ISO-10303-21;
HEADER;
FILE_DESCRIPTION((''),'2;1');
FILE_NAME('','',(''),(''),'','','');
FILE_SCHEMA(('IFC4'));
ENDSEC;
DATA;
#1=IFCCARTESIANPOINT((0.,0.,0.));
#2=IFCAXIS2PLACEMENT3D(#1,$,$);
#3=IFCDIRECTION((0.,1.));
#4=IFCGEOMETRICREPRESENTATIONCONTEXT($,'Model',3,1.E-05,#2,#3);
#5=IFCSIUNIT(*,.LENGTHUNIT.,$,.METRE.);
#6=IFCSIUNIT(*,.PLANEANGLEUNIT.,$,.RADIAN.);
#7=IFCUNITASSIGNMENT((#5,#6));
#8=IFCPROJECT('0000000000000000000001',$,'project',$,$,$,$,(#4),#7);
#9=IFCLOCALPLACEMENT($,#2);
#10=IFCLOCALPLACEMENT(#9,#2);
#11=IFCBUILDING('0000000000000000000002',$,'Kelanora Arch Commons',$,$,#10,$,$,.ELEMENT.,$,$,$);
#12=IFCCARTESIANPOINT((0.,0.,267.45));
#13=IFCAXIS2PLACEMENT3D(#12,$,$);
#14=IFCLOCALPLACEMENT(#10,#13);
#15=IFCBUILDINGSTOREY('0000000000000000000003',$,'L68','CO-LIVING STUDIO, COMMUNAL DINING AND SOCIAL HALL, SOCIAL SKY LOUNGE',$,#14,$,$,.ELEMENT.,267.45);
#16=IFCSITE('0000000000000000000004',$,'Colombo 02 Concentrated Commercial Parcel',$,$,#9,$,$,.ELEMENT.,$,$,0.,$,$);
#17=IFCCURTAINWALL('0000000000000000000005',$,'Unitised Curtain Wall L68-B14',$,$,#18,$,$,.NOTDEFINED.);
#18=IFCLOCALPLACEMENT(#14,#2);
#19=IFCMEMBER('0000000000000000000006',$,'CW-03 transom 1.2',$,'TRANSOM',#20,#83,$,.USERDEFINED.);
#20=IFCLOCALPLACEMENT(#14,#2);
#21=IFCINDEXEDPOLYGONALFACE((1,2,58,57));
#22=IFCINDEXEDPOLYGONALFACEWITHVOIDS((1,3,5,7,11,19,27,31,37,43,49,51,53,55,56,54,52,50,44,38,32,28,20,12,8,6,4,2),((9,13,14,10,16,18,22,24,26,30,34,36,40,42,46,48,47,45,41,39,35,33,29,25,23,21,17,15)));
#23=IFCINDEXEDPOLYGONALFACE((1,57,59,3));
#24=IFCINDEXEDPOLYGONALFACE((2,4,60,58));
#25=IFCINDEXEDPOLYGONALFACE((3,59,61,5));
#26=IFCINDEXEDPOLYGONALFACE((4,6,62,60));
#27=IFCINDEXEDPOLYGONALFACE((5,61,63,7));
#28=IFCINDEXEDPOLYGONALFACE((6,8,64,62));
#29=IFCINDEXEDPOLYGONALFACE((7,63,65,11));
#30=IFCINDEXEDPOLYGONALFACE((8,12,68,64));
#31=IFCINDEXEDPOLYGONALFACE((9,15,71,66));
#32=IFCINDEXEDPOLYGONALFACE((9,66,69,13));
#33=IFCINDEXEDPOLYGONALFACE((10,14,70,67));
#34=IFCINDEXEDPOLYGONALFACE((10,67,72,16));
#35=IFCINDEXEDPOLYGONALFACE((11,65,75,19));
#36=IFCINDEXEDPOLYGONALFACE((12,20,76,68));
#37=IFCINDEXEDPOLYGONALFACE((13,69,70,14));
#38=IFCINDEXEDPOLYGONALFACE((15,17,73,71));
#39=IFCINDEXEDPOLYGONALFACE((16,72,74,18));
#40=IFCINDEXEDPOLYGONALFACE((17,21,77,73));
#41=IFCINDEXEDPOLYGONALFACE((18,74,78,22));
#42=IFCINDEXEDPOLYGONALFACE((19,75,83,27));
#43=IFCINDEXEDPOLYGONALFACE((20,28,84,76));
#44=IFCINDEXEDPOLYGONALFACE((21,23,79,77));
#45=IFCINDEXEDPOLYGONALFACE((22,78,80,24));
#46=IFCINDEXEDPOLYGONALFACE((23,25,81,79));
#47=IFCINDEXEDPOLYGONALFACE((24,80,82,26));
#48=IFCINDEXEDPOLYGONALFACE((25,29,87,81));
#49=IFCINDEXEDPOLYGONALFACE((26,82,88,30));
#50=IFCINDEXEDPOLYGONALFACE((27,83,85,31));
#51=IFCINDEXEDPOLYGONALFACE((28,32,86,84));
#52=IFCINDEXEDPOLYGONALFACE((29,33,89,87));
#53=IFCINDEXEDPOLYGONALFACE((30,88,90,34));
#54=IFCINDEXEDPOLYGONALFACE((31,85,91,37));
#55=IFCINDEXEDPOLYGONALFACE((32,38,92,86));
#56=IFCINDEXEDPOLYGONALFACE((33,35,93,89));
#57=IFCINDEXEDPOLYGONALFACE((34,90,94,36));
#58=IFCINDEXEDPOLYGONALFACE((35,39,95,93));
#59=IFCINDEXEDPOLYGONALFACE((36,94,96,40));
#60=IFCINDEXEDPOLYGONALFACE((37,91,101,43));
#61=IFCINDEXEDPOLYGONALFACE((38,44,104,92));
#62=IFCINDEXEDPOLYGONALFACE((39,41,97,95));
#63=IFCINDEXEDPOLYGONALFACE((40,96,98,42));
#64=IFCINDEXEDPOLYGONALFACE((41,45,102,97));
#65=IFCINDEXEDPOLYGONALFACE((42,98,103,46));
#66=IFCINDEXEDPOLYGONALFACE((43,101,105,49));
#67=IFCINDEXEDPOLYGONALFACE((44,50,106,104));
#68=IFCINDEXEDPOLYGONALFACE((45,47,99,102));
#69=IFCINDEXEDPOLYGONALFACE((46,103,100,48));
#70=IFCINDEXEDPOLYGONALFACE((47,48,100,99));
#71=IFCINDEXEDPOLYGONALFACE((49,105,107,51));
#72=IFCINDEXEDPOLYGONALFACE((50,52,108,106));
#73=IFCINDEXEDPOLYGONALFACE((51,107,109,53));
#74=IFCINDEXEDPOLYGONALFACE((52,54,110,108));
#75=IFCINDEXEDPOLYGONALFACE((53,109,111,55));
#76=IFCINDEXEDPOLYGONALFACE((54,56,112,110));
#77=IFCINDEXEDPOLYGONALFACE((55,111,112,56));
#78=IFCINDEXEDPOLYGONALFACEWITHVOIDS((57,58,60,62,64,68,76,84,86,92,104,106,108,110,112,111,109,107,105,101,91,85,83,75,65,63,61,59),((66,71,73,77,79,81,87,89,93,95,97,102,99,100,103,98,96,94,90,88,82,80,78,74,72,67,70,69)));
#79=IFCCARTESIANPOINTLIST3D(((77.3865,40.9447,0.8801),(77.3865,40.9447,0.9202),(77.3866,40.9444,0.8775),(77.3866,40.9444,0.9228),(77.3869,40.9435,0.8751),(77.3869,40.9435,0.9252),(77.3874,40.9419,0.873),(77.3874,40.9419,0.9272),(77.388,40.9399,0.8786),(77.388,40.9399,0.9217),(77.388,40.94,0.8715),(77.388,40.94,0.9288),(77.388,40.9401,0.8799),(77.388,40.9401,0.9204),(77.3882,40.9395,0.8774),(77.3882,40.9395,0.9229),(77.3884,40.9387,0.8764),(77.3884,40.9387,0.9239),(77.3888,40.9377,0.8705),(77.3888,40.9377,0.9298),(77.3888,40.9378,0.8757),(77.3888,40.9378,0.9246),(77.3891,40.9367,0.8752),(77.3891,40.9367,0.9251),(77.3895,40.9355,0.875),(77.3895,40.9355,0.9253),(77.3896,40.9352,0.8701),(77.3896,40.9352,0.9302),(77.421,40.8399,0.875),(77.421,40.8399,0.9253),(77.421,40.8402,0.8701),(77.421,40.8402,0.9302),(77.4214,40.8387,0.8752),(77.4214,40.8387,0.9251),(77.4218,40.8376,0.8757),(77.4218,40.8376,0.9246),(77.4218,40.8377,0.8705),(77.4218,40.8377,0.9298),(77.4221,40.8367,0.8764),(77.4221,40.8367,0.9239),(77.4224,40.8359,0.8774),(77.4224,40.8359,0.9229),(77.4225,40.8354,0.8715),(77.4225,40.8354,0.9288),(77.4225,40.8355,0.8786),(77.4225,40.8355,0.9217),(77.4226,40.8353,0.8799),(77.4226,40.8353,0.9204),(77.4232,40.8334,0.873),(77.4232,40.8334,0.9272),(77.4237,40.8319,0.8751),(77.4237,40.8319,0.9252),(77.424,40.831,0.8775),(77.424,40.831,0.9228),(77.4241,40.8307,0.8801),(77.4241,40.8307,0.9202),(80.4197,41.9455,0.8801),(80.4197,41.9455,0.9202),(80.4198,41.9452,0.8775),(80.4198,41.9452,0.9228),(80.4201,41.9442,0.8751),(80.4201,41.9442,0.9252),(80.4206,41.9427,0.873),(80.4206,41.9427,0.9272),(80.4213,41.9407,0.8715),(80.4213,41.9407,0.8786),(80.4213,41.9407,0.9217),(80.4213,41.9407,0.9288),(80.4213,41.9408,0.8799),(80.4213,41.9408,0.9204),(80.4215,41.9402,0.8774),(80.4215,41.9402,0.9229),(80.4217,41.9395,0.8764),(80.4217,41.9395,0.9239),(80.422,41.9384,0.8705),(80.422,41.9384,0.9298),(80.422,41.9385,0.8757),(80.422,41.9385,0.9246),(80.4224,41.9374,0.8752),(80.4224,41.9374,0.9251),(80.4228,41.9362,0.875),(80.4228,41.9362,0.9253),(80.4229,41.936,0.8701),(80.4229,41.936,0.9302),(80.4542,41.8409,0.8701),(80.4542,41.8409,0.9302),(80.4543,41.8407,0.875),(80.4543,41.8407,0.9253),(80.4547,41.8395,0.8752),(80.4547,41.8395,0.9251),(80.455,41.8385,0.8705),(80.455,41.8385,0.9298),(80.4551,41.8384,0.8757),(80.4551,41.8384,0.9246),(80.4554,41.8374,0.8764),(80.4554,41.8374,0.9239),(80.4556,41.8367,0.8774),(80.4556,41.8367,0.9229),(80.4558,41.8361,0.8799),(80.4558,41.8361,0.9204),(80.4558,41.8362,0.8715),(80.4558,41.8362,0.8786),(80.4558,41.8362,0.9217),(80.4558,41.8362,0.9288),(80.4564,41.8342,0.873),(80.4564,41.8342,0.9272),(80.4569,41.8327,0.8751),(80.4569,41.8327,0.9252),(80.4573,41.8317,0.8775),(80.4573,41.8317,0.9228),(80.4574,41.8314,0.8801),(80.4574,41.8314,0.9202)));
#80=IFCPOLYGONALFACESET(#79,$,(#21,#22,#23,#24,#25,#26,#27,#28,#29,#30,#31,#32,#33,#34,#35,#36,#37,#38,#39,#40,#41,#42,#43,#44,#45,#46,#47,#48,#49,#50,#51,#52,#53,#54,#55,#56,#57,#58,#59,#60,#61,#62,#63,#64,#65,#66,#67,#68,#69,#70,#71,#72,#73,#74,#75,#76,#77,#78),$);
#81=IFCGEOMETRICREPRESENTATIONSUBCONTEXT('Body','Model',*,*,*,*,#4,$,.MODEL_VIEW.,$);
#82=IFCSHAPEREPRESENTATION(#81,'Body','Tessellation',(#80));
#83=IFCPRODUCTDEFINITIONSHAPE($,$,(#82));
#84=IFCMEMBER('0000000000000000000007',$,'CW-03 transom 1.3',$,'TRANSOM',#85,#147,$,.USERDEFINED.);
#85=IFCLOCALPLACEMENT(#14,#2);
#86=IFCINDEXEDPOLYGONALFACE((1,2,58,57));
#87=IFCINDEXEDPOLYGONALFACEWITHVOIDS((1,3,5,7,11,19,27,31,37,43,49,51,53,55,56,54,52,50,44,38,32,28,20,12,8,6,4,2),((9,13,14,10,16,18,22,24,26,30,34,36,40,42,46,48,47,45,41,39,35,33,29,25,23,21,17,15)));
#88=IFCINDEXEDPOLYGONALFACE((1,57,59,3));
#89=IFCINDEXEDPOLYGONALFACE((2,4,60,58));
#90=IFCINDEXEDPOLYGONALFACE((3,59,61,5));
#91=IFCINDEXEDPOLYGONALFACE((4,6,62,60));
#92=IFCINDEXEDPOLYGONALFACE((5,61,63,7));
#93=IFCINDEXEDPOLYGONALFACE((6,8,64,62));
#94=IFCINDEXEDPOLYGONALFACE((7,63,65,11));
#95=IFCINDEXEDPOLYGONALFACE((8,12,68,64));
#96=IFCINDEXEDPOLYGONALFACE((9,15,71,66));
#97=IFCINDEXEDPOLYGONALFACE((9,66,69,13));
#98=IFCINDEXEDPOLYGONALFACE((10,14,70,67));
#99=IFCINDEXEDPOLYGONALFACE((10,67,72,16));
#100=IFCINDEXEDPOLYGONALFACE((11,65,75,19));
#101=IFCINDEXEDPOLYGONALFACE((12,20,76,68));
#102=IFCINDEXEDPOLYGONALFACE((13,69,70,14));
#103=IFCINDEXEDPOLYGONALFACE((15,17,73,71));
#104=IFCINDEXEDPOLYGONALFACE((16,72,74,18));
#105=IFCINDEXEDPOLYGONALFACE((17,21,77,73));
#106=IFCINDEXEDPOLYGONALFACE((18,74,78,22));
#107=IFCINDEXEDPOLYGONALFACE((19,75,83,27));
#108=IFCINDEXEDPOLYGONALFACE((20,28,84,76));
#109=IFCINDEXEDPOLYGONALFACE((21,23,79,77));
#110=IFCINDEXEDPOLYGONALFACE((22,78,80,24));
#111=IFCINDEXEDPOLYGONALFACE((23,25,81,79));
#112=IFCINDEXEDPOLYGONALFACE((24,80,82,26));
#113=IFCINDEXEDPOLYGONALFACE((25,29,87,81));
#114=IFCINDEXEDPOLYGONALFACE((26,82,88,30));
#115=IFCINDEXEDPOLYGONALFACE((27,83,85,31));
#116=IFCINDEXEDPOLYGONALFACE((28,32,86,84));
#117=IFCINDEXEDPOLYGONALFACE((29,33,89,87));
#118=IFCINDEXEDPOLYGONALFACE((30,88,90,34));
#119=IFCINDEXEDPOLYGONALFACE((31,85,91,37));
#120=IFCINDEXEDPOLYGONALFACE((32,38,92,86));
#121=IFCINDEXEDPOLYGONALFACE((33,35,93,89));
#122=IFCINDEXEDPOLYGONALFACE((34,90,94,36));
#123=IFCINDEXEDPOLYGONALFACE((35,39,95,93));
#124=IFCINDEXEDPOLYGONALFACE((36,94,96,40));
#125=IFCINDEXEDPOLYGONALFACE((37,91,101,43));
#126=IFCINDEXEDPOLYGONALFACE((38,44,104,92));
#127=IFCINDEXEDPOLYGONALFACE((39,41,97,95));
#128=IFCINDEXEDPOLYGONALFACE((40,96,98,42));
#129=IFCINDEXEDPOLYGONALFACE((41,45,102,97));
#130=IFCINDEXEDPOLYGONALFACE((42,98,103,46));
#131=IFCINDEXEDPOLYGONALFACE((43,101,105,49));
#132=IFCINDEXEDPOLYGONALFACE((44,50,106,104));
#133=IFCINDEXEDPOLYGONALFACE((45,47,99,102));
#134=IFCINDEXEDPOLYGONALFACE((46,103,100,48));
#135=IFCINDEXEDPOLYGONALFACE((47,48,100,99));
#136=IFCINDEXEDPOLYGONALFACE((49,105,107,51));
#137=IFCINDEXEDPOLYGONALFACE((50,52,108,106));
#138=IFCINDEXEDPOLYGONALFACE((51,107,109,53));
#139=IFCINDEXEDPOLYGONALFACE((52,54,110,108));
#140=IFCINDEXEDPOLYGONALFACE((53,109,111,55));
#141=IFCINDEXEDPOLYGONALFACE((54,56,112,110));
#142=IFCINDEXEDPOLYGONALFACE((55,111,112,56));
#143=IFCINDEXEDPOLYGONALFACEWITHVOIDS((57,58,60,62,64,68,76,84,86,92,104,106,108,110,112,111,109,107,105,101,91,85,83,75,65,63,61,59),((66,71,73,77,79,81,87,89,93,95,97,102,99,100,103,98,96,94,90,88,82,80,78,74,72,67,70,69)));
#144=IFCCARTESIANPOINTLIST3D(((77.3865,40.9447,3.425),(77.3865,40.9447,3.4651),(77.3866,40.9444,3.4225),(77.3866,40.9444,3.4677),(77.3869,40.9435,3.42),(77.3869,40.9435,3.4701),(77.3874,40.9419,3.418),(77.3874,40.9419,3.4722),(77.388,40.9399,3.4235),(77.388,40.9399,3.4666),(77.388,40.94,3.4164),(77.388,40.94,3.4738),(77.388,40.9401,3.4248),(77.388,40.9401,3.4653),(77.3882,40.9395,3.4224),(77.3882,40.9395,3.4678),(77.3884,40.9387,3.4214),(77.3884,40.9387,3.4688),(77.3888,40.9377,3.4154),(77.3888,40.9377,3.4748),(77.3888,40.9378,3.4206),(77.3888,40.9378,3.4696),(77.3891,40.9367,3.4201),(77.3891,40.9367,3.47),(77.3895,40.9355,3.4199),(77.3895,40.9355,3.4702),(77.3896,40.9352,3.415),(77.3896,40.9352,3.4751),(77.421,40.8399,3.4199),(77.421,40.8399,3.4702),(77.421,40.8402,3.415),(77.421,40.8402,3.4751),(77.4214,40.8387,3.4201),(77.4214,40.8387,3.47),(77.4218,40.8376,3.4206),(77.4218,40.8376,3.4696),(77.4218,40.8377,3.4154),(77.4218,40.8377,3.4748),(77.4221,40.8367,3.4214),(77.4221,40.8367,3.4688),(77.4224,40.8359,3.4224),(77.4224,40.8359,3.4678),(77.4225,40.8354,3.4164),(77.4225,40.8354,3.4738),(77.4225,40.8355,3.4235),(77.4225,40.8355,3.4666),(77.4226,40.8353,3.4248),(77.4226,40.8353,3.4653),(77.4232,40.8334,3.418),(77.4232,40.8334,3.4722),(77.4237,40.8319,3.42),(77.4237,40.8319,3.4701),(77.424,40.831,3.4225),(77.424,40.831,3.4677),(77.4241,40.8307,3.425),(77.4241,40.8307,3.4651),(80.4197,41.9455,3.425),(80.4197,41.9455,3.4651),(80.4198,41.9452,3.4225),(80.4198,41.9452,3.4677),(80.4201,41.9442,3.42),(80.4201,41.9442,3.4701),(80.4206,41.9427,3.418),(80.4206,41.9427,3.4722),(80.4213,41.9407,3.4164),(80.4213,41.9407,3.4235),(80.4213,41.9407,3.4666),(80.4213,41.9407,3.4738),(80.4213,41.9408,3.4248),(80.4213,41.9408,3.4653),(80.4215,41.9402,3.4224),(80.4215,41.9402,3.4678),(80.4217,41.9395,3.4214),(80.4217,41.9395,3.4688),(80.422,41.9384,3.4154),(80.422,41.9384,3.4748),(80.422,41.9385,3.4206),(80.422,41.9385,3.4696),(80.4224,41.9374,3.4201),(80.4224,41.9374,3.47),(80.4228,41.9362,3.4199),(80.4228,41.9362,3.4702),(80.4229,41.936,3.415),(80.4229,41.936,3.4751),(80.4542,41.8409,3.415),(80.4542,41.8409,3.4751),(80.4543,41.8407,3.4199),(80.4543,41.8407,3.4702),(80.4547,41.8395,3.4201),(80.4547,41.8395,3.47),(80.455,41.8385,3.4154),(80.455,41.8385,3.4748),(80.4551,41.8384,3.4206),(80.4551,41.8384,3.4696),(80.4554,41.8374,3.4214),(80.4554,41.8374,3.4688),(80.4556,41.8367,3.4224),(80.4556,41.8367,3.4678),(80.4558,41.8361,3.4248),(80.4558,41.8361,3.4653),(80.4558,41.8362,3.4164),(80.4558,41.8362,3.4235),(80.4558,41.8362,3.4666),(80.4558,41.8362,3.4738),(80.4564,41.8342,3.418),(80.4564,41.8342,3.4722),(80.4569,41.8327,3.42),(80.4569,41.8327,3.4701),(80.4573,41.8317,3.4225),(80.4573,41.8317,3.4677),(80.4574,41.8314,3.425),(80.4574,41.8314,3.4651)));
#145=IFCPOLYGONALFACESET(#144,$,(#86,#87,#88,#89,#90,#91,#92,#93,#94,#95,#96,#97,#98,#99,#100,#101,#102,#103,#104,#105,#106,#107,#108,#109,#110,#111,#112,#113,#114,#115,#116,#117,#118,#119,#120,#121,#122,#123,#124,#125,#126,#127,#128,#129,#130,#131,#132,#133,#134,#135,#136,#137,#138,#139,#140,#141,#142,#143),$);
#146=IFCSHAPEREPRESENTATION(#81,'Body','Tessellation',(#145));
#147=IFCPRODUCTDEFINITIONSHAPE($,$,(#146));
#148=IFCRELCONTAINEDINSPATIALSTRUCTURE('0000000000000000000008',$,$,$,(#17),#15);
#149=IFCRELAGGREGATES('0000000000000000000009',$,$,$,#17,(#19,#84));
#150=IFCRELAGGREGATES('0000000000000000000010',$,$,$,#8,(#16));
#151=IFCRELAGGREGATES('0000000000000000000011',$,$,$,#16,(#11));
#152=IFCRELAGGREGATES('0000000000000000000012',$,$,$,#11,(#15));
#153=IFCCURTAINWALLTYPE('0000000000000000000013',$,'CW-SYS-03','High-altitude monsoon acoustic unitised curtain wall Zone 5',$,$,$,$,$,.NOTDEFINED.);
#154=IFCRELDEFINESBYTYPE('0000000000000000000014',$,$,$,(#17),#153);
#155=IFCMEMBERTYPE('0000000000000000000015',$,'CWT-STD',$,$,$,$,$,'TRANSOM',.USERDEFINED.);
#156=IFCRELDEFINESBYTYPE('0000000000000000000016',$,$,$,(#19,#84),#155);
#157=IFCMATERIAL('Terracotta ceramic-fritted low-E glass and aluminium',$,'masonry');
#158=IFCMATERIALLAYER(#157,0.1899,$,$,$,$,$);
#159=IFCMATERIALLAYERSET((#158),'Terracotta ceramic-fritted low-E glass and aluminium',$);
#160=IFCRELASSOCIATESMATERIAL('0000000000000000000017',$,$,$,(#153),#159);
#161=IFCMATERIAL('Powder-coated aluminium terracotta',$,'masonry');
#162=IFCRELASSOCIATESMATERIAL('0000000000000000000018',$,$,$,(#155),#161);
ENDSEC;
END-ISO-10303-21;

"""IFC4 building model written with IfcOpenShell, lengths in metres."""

from ifc_helpers import new_model, si_unit, direction, frame, origin, origin_2d, place, context, subcontext, project, spatial, hollow_rectangle, extrude, material, layer, layer_set, material_profile, profile_set, type_object, element, aggregate, save


model = new_model("IFC4")

# Units and contexts
model_context = context("Model", 3, precision=1e-05, world=origin(), true_north=direction((0.0, 1.0)))
body_context = subcontext(model_context, "Body", "Model", "MODEL_VIEW")
ifc_project = project(units=[si_unit("LENGTHUNIT", "METRE"), si_unit("PLANEANGLEUNIT", "RADIAN")], contexts=[model_context])

# Site, building, storey
site_placement = place(None, origin())
site = spatial("IfcSite", under=ifc_project, at=site_placement, Name="Colombo 02 Concentrated Commercial Parcel", CompositionType="ELEMENT", RefElevation=0.0)
building_placement = place(site_placement, origin())
building = spatial("IfcBuilding", under=site, at=building_placement, Name="Kelanora Arch Commons", CompositionType="ELEMENT")
storey_placement = place(building_placement, frame((0.0, 0.0, 267.45)))
storey = spatial("IfcBuildingStorey", under=building, at=storey_placement, Name="L68", Description="CO-LIVING STUDIO, COMMUNAL DINING AND SOCIAL HALL, SOCIAL SKY LOUNGE", CompositionType="ELEMENT", Elevation=267.45)

# Curtain wall, members
ifc_material_1 = material(Name="Terracotta ceramic-fritted low-E glass and aluminium", Category="masonry")
ifc_layer_1 = layer(ifc_material_1, 0.1899)
ifc_layer_set_1 = layer_set([ifc_layer_1], Name="Terracotta ceramic-fritted low-E glass and aluminium")
curtain_wall_type = type_object("IfcCurtainWallType", Name="CW-SYS-03", Description="High-altitude monsoon acoustic unitised curtain wall Zone 5", PredefinedType="NOTDEFINED", material=ifc_layer_set_1)
curtain_wall_placement = place(storey_placement, origin())
curtain_wall = element("IfcCurtainWall", 1, at=curtain_wall_placement, inside=storey, type_object=curtain_wall_type, Name="Unitised Curtain Wall L68-B14", PredefinedType="NOTDEFINED")
ifc_material_2 = material(Name="Powder-coated aluminium terracotta", Category="masonry")
ifc_material_profile_1 = material_profile(ifc_material_2, hollow_rectangle(XDim=0.1201, YDim=0.0601, WallThickness=0.0049, InnerFilletRadius=0.0049, OuterFilletRadius=0.01, at=origin_2d()), Name="CWT120x60")
ifc_profile_set_1 = profile_set([ifc_material_profile_1], Name="Powder-coated aluminium terracotta")
member_type_1 = type_object("IfcMemberType", Name="CWT-STD", ElementType="TRANSOM", PredefinedType="USERDEFINED", material=ifc_profile_set_1)
member_1_placement = place(storey_placement, frame((77.4053, 40.8877, 0.9001), z_axis=(0.94965, 0.313314, 0.0), x_axis=(-0.313314, 0.94965, 0.0)))
member_1 = element("IfcMember", 2, at=member_1_placement, type_object=member_type_1, Name="CW-03 transom 1.2", ObjectType="TRANSOM", PredefinedType="USERDEFINED", context=body_context, shape_type="SweptSolid", body=[
    extrude(hollow_rectangle(XDim=0.1201, YDim=0.0601, WallThickness=0.0049, InnerFilletRadius=0.0049, OuterFilletRadius=0.01, at=origin_2d()), origin(), (0.0, 0.0, 1.0), 3.1941),
])
member_2_placement = place(storey_placement, frame((77.4053, 40.8877, 3.4451), z_axis=(0.94965, 0.313314, 0.0), x_axis=(-0.313314, 0.94965, 0.0)))
member_2 = element("IfcMember", 3, at=member_2_placement, type_object=member_type_1, Name="CW-03 transom 1.3", ObjectType="TRANSOM", PredefinedType="USERDEFINED", context=body_context, shape_type="SweptSolid", body=[
    extrude(hollow_rectangle(XDim=0.1201, YDim=0.0601, WallThickness=0.0049, InnerFilletRadius=0.0049, OuterFilletRadius=0.01, at=origin_2d()), origin(), (0.0, 0.0, 1.0), 3.1941),
])
aggregate(curtain_wall, [member_1, member_2])

save(model, "model.ifc")
